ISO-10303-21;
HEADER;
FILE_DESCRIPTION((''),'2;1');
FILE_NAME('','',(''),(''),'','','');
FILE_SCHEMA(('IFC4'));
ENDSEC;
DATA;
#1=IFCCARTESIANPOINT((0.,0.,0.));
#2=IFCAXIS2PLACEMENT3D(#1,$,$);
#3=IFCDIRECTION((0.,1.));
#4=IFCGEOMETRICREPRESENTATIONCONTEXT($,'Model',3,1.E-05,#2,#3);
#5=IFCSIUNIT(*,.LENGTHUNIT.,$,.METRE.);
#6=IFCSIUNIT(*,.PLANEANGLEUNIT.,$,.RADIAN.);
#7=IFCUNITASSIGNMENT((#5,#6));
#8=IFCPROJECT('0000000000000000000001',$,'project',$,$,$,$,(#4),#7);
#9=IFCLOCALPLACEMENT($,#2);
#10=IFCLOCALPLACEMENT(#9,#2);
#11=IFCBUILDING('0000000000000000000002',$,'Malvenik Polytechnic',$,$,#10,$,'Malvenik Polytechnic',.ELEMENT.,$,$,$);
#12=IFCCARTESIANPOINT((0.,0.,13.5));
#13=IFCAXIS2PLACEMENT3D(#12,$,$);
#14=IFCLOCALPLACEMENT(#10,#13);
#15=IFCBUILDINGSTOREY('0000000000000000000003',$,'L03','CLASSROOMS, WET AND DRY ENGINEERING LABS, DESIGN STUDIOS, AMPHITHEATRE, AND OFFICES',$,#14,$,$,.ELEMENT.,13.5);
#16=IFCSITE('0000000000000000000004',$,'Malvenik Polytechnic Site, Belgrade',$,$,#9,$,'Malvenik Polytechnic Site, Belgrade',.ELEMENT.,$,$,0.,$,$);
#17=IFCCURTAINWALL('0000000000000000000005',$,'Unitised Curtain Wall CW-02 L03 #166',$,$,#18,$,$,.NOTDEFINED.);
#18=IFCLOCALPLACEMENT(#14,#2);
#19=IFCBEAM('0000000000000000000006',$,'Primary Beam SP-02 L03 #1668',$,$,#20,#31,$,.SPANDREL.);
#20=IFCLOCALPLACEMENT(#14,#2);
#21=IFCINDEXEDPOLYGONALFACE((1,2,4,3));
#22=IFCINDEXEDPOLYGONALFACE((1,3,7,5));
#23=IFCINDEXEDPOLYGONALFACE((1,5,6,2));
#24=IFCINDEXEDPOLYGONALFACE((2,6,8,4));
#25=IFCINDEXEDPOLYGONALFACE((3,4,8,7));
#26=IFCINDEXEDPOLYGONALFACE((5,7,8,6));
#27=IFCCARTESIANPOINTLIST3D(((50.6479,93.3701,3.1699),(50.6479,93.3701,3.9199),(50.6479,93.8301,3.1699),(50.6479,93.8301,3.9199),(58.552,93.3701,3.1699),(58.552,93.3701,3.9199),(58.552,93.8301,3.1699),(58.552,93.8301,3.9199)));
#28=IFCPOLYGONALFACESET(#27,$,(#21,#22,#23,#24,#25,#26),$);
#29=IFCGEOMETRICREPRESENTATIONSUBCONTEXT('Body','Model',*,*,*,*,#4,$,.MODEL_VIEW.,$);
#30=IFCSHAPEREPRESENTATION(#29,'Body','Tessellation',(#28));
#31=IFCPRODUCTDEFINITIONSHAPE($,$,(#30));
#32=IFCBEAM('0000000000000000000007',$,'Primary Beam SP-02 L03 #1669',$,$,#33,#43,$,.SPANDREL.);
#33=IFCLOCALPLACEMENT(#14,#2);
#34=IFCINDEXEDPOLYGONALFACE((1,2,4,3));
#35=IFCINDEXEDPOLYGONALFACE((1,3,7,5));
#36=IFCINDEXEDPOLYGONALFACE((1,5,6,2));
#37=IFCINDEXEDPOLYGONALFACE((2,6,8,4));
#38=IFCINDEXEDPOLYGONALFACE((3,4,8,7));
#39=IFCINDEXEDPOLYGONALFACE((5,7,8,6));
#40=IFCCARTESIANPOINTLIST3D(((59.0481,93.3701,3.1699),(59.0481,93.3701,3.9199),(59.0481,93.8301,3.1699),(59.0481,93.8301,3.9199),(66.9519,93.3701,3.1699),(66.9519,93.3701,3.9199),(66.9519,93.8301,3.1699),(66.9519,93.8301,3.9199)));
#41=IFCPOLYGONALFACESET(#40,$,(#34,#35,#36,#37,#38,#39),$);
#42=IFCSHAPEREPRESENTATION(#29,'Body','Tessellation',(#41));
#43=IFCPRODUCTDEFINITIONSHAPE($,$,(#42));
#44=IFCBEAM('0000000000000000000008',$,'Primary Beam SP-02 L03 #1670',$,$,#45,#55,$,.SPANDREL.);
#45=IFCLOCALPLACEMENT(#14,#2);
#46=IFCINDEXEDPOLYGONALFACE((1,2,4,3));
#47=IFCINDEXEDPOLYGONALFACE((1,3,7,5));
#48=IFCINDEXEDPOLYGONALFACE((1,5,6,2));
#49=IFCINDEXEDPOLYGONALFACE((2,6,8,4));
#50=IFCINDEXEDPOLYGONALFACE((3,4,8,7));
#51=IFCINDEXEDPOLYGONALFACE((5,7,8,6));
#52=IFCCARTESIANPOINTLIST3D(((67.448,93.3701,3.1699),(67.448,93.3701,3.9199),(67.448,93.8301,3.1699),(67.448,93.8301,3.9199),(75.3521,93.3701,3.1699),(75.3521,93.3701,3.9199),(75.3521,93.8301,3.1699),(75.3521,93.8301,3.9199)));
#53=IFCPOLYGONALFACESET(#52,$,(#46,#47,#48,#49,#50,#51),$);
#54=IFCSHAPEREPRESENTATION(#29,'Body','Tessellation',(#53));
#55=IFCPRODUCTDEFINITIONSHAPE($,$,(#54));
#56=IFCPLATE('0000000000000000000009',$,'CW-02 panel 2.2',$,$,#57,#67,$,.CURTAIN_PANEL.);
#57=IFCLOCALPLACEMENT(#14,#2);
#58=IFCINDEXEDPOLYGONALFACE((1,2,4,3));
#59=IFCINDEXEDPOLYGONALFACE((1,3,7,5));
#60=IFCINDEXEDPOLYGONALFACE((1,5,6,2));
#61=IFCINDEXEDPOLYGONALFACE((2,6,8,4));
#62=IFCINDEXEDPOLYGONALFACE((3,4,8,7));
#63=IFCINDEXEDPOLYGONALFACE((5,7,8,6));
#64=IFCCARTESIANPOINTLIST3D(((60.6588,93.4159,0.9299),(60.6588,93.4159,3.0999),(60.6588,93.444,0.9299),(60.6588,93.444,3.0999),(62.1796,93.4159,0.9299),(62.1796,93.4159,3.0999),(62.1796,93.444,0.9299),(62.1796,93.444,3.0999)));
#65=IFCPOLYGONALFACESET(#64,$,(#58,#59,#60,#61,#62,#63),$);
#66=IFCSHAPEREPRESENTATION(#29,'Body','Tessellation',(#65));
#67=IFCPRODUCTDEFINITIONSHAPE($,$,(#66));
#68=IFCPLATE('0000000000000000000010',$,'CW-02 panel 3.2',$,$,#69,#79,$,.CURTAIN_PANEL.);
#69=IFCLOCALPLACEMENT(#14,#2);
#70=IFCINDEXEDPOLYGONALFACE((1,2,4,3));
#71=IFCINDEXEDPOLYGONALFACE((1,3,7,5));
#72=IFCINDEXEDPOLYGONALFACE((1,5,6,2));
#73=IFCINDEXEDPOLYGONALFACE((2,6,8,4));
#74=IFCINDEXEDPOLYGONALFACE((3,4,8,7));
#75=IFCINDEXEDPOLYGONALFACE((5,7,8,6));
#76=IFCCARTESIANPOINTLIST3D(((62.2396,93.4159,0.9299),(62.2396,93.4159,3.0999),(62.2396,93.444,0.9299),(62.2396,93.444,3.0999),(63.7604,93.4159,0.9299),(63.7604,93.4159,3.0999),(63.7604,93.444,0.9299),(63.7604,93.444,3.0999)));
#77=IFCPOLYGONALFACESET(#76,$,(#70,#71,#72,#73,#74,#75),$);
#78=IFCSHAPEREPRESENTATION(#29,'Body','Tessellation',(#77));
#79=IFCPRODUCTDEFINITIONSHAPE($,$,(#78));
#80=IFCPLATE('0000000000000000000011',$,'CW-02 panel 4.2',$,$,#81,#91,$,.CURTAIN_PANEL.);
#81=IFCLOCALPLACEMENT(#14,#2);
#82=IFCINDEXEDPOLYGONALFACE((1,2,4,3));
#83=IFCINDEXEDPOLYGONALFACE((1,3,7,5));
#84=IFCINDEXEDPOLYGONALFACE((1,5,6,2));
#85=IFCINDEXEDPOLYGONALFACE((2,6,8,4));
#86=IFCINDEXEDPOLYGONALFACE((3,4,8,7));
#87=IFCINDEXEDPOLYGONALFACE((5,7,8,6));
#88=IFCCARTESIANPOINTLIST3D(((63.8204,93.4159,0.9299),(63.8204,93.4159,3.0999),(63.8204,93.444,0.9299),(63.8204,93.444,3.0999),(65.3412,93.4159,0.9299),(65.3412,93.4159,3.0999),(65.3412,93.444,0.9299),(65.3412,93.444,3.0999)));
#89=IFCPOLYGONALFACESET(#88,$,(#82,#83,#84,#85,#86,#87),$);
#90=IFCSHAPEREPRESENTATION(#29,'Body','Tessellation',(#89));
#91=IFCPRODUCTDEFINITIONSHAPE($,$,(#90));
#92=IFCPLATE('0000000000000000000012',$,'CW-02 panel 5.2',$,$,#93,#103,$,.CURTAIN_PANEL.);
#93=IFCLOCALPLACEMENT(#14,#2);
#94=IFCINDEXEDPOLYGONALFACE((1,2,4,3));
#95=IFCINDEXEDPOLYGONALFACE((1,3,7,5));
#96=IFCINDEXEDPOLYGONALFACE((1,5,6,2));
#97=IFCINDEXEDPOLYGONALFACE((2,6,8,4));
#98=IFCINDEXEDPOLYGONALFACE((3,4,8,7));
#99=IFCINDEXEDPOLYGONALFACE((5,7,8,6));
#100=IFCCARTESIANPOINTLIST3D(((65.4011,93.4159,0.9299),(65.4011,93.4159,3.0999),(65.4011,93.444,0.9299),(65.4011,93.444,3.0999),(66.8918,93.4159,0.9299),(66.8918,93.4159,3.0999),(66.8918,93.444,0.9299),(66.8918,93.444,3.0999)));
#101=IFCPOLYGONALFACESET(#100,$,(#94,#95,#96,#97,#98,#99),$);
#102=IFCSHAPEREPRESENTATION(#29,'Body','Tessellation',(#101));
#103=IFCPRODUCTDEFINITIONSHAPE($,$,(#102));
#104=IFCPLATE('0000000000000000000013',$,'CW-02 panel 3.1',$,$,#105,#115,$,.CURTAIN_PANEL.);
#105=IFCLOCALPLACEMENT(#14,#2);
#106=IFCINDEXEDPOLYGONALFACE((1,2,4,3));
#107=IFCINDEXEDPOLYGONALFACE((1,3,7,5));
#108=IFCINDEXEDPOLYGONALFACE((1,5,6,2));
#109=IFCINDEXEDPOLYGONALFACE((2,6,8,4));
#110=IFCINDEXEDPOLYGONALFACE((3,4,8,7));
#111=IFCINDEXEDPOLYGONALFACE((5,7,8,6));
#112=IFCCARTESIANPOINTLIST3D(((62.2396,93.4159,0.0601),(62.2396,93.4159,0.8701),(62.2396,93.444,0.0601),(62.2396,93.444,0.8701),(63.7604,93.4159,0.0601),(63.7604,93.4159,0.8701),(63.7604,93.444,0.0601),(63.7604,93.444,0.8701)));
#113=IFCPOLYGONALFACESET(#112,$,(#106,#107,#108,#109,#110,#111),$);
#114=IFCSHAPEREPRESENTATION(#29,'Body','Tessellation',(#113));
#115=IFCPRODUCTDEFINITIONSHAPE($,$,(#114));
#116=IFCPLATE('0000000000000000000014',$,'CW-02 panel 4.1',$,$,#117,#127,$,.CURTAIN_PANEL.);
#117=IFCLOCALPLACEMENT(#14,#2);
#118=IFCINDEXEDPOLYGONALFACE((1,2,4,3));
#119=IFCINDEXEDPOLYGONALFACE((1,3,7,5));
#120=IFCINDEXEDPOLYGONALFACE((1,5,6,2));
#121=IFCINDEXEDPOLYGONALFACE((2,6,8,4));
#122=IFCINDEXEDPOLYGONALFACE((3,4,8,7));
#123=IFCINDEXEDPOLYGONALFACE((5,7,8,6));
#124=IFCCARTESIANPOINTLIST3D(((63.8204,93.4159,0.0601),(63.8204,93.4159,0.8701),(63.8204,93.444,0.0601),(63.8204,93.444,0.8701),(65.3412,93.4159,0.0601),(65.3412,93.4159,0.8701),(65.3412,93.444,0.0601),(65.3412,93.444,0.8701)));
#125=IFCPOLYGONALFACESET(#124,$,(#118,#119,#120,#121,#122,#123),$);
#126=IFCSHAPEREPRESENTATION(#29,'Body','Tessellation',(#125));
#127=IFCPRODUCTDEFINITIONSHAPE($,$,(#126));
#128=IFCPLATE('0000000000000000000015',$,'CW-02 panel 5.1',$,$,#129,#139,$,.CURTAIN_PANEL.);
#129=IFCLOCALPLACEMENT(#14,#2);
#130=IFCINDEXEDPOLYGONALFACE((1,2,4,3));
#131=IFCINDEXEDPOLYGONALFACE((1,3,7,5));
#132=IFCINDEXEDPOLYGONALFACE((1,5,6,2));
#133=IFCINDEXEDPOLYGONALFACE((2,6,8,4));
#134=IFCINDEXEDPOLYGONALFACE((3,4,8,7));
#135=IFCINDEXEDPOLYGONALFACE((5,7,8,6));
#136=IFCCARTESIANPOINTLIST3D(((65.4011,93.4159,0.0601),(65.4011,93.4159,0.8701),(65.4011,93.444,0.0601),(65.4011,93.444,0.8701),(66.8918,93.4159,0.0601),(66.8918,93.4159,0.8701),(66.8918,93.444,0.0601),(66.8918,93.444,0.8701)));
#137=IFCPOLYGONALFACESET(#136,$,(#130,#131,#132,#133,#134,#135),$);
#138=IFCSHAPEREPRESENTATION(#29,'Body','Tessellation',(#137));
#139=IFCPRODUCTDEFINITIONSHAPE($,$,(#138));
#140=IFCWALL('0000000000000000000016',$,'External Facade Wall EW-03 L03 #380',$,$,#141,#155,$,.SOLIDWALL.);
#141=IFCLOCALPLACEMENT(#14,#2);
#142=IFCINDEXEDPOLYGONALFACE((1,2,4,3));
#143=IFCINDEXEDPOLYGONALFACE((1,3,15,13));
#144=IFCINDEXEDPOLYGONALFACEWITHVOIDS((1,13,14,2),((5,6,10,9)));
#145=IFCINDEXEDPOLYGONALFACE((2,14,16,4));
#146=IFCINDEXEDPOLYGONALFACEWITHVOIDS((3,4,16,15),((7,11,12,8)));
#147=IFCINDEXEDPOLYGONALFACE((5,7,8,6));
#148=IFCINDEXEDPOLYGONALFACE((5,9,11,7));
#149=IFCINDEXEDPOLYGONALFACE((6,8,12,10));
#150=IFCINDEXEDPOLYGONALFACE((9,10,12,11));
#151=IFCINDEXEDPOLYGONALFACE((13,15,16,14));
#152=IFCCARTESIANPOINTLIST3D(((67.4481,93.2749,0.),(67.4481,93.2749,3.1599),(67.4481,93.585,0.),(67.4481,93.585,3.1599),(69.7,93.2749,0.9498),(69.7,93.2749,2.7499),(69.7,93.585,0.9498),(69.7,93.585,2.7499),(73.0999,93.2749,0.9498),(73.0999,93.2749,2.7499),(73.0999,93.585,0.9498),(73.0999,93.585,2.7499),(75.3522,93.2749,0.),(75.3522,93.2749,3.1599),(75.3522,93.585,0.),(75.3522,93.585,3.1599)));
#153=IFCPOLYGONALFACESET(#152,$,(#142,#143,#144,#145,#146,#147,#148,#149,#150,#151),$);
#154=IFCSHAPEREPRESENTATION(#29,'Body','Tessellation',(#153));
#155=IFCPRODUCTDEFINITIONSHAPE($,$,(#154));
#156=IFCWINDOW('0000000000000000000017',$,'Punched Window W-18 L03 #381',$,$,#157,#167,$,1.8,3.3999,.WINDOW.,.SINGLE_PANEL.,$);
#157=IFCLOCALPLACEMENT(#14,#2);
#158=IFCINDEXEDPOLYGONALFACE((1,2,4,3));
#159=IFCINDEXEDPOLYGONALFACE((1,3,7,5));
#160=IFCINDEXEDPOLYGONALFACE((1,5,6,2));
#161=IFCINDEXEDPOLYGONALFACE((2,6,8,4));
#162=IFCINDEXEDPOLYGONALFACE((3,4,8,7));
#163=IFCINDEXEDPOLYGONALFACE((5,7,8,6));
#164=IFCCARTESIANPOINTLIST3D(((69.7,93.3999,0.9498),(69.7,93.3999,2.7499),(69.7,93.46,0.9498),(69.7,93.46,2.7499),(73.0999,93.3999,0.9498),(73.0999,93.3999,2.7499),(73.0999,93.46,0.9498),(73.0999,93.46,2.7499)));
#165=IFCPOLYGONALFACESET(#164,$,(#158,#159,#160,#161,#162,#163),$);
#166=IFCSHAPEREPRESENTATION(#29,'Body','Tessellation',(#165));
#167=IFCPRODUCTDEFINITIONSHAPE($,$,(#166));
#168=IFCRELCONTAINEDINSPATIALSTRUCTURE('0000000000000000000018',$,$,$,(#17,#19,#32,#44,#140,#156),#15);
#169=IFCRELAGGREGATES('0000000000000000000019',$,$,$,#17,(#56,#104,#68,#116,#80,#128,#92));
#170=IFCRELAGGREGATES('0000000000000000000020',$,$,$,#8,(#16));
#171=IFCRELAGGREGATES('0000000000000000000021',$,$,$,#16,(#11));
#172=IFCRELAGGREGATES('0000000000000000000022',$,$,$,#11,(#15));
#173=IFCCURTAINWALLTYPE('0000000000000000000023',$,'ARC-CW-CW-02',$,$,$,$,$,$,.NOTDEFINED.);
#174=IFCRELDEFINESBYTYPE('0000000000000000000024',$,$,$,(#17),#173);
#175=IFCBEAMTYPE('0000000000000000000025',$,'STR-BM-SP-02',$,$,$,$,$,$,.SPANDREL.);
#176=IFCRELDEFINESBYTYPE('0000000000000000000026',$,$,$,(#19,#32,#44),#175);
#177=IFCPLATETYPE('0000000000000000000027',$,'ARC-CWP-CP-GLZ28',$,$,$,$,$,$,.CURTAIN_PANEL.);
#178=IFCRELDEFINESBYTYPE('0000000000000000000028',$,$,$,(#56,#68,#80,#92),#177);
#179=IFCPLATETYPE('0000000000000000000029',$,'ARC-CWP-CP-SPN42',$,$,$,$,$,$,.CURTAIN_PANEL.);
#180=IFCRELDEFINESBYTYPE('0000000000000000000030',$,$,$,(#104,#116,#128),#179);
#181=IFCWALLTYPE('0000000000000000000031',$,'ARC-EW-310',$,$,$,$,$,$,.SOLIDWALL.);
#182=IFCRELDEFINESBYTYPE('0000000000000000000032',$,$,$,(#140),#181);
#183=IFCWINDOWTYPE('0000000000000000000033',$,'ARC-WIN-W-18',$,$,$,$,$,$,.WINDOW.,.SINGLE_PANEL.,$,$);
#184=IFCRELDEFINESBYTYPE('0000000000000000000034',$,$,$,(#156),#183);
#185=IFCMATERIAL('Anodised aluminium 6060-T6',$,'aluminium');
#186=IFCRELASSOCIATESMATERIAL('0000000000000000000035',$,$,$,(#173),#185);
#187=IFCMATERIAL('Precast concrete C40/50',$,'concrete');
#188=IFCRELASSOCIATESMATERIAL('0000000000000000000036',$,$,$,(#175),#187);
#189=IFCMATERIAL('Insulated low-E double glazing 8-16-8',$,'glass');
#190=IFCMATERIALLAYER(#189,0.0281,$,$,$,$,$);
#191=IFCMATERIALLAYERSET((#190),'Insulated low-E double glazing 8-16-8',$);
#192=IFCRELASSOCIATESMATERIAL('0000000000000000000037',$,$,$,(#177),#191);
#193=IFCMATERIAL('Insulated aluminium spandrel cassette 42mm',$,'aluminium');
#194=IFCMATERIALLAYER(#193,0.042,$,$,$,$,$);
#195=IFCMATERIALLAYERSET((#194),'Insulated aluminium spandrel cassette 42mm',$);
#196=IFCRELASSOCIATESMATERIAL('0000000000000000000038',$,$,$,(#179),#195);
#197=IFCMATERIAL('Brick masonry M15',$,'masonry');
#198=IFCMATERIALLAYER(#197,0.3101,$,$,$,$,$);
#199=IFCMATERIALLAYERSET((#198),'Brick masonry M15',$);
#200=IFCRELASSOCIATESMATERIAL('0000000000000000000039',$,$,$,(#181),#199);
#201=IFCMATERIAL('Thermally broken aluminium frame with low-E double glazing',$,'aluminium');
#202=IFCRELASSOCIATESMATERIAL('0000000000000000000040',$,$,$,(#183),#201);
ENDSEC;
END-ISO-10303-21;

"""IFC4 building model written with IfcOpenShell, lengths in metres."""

from ifc_helpers import new_model, si_unit, direction, frame, frame_2d, origin, origin_2d, place, context, subcontext, project, spatial, rectangle, extrude, material, layer, layer_set, material_profile, profile_set, type_object, element, fill, aggregate, save


model = new_model("IFC4")

# Units and contexts
model_context = context("Model", 3, precision=1e-05, world=origin(), true_north=direction((0.0, 1.0)))
body_context = subcontext(model_context, "Body", "Model", "MODEL_VIEW")
ifc_project = project(units=[si_unit("LENGTHUNIT", "METRE"), si_unit("PLANEANGLEUNIT", "RADIAN")], contexts=[model_context])

# Site, building, storey
site_placement = place(None, origin())
site = spatial("IfcSite", under=ifc_project, at=site_placement, Name="Malvenik Polytechnic Site, Belgrade", LongName="Malvenik Polytechnic Site, Belgrade", CompositionType="ELEMENT", RefElevation=0.0)
building_placement = place(site_placement, origin())
building = spatial("IfcBuilding", under=site, at=building_placement, Name="Malvenik Polytechnic", LongName="Malvenik Polytechnic", CompositionType="ELEMENT")
storey_placement = place(building_placement, frame((0.0, 0.0, 13.5)))
storey = spatial("IfcBuildingStorey", under=building, at=storey_placement, Name="L03", Description="CLASSROOMS, WET AND DRY ENGINEERING LABS, DESIGN STUDIOS, AMPHITHEATRE, AND OFFICES", CompositionType="ELEMENT", Elevation=13.5)

# Curtain wall
ifc_material_1 = material(Name="Anodised aluminium 6060-T6", Category="aluminium")
curtain_wall_type = type_object("IfcCurtainWallType", Name="ARC-CW-CW-02", PredefinedType="NOTDEFINED", material=ifc_material_1)
curtain_wall_placement = place(storey_placement, origin())
curtain_wall = element("IfcCurtainWall", 1, at=curtain_wall_placement, inside=storey, type_object=curtain_wall_type, Name="Unitised Curtain Wall CW-02 L03 #166", PredefinedType="NOTDEFINED")

# Beams
ifc_material_2 = material(Name="Precast concrete C40/50", Category="concrete")
ifc_material_profile_1 = material_profile(ifc_material_2, rectangle(XDim=0.46, YDim=0.75, at=origin_2d()), Name="PC SPN 460x750")
ifc_profile_set_1 = profile_set([ifc_material_profile_1], Name="Precast concrete C40/50")
beam_type = type_object("IfcBeamType", Name="STR-BM-SP-02", PredefinedType="SPANDREL", material=ifc_profile_set_1)
beam_1_placement = place(storey_placement, frame((50.6479, 93.6001, 3.5449), z_axis=(1.0, 0.0, 0.0), x_axis=(0.0, 1.0, 0.0)))
element("IfcBeam", 2, at=beam_1_placement, inside=storey, type_object=beam_type, Name="Primary Beam SP-02 L03 #1668", PredefinedType="SPANDREL", context=body_context, shape_type="SweptSolid", body=[
    extrude(rectangle(XDim=0.46, YDim=0.75, at=origin_2d()), origin(), (0.0, 0.0, 1.0), 7.9041),
])
beam_2_placement = place(storey_placement, frame((59.0481, 93.6001, 3.5449), z_axis=(1.0, 0.0, 0.0), x_axis=(0.0, 1.0, 0.0)))
element("IfcBeam", 3, at=beam_2_placement, inside=storey, type_object=beam_type, Name="Primary Beam SP-02 L03 #1669", PredefinedType="SPANDREL", context=body_context, shape_type="SweptSolid", body=[
    extrude(rectangle(XDim=0.46, YDim=0.75, at=origin_2d()), origin(), (0.0, 0.0, 1.0), 7.9038),
])
beam_3_placement = place(storey_placement, frame((67.448, 93.6001, 3.5449), z_axis=(1.0, 0.0, 0.0), x_axis=(0.0, 1.0, 0.0)))
element("IfcBeam", 4, at=beam_3_placement, inside=storey, type_object=beam_type, Name="Primary Beam SP-02 L03 #1670", PredefinedType="SPANDREL", context=body_context, shape_type="SweptSolid", body=[
    extrude(rectangle(XDim=0.46, YDim=0.75, at=origin_2d()), origin(), (0.0, 0.0, 1.0), 7.9041),
])

# Plates
ifc_material_3 = material(Name="Insulated low-E double glazing 8-16-8", Category="glass")
ifc_layer_1 = layer(ifc_material_3, 0.0281)
ifc_layer_set_1 = layer_set([ifc_layer_1], Name="Insulated low-E double glazing 8-16-8")
plate_type_1 = type_object("IfcPlateType", Name="ARC-CWP-CP-GLZ28", PredefinedType="CURTAIN_PANEL", material=ifc_layer_set_1)
plate_1_placement = place(storey_placement, frame((61.4192, 93.4299, 0.9299), z_axis=(0.0, 0.0, 1.0), x_axis=(1.0, 0.0, 0.0)))
plate_1 = element("IfcPlate", 5, at=plate_1_placement, type_object=plate_type_1, Name="CW-02 panel 2.2", PredefinedType="CURTAIN_PANEL", context=body_context, shape_type="SweptSolid", body=[
    extrude(rectangle(XDim=1.5208, YDim=0.0281, at=origin_2d()), origin(), (0.0, 0.0, 1.0), 2.1699),
])
plate_2_placement = place(storey_placement, frame((63.0, 93.4299, 0.9299), z_axis=(0.0, 0.0, 1.0), x_axis=(1.0, 0.0, 0.0)))
plate_2 = element("IfcPlate", 6, at=plate_2_placement, type_object=plate_type_1, Name="CW-02 panel 3.2", PredefinedType="CURTAIN_PANEL", context=body_context, shape_type="SweptSolid", body=[
    extrude(rectangle(XDim=1.5208, YDim=0.0281, at=origin_2d()), origin(), (0.0, 0.0, 1.0), 2.1699),
])
plate_3_placement = place(storey_placement, frame((64.5808, 93.4299, 0.9299), z_axis=(0.0, 0.0, 1.0), x_axis=(1.0, 0.0, 0.0)))
plate_3 = element("IfcPlate", 7, at=plate_3_placement, type_object=plate_type_1, Name="CW-02 panel 4.2", PredefinedType="CURTAIN_PANEL", context=body_context, shape_type="SweptSolid", body=[
    extrude(rectangle(XDim=1.5208, YDim=0.0281, at=origin_2d()), origin(), (0.0, 0.0, 1.0), 2.1699),
])
plate_4_placement = place(storey_placement, frame((66.1465, 93.4299, 0.9299), z_axis=(0.0, 0.0, 1.0), x_axis=(1.0, 0.0, 0.0)))
plate_4 = element("IfcPlate", 8, at=plate_4_placement, type_object=plate_type_1, Name="CW-02 panel 5.2", PredefinedType="CURTAIN_PANEL", context=body_context, shape_type="SweptSolid", body=[
    extrude(rectangle(XDim=1.4907, YDim=0.0281, at=origin_2d()), origin(), (0.0, 0.0, 1.0), 2.1699),
])
ifc_material_4 = material(Name="Insulated aluminium spandrel cassette 42mm", Category="aluminium")
ifc_layer_2 = layer(ifc_material_4, 0.042)
ifc_layer_set_2 = layer_set([ifc_layer_2], Name="Insulated aluminium spandrel cassette 42mm")
plate_type_2 = type_object("IfcPlateType", Name="ARC-CWP-CP-SPN42", PredefinedType="CURTAIN_PANEL", material=ifc_layer_set_2)
plate_5_placement = place(storey_placement, frame((63.0, 93.4299, 0.0601), z_axis=(0.0, 0.0, 1.0), x_axis=(1.0, 0.0, 0.0)))
plate_5 = element("IfcPlate", 9, at=plate_5_placement, type_object=plate_type_2, Name="CW-02 panel 3.1", PredefinedType="CURTAIN_PANEL", context=body_context, shape_type="SweptSolid", body=[
    extrude(rectangle(XDim=1.5208, YDim=0.0281, at=origin_2d()), origin(), (0.0, 0.0, 1.0), 0.8101),
])
plate_6_placement = place(storey_placement, frame((64.5808, 93.4299, 0.0601), z_axis=(0.0, 0.0, 1.0), x_axis=(1.0, 0.0, 0.0)))
plate_6 = element("IfcPlate", 10, at=plate_6_placement, type_object=plate_type_2, Name="CW-02 panel 4.1", PredefinedType="CURTAIN_PANEL", context=body_context, shape_type="SweptSolid", body=[
    extrude(rectangle(XDim=1.5208, YDim=0.0281, at=origin_2d()), origin(), (0.0, 0.0, 1.0), 0.8101),
])
plate_7_placement = place(storey_placement, frame((66.1465, 93.4299, 0.0601), z_axis=(0.0, 0.0, 1.0), x_axis=(1.0, 0.0, 0.0)))
plate_7 = element("IfcPlate", 11, at=plate_7_placement, type_object=plate_type_2, Name="CW-02 panel 5.1", PredefinedType="CURTAIN_PANEL", context=body_context, shape_type="SweptSolid", body=[
    extrude(rectangle(XDim=1.4907, YDim=0.0281, at=origin_2d()), origin(), (0.0, 0.0, 1.0), 0.8101),
])
aggregate(curtain_wall, [plate_1, plate_5, plate_2, plate_6, plate_3, plate_7, plate_4])

# Wall, opening, window
ifc_material_5 = material(Name="Brick masonry M15", Category="masonry")
ifc_layer_3 = layer(ifc_material_5, 0.3101)
ifc_layer_set_3 = layer_set([ifc_layer_3], Name="Brick masonry M15")
wall_type = type_object("IfcWallType", Name="ARC-EW-310", PredefinedType="SOLIDWALL", material=ifc_layer_set_3)
wall_placement = place(storey_placement, frame((67.448, 93.4299, 0.0), z_axis=(0.0, 0.0, 1.0), x_axis=(1.0, 0.0, 0.0)))
wall = element("IfcWall", 12, at=wall_placement, inside=storey, type_object=wall_type, Name="External Facade Wall EW-03 L03 #380", PredefinedType="SOLIDWALL", context=body_context, shape_type="SweptSolid", body=[
    extrude(rectangle(XDim=7.9041, YDim=0.3101, at=frame_2d((3.9521, 0.0))), origin(), (0.0, 0.0, 1.0), 3.1599),
])
opening_placement = place(wall_placement, frame((2.252, 0.0, 0.95)))
opening = element("IfcOpeningElement", 13, at=opening_placement, cuts=wall, PredefinedType="OPENING", context=body_context, shape_type="SweptSolid", body=[
    extrude(rectangle(XDim=3.3999, YDim=1.8, at=frame_2d((1.7, 0.8999))), frame((0.0, 0.165, 0.0), z_axis=(0.0, -1.0, 0.0), x_axis=(1.0, 0.0, 0.0)), (0.0, 0.0, 1.0), 0.3301),
])
ifc_material_6 = material(Name="Thermally broken aluminium frame with low-E double glazing", Category="aluminium")
window_type = type_object("IfcWindowType", Name="ARC-WIN-W-18", PartitioningType="SINGLE_PANEL", PredefinedType="WINDOW", material=ifc_material_6)
window_placement = place(opening_placement, origin())
window = element("IfcWindow", 14, at=window_placement, inside=storey, type_object=window_type, Name="Punched Window W-18 L03 #381", OverallHeight=1.8, OverallWidth=3.3999, PartitioningType="SINGLE_PANEL", PredefinedType="WINDOW", context=body_context, shape_type="SweptSolid", body=[
    extrude(rectangle(XDim=3.3999, YDim=1.8, at=frame_2d((1.7, 0.8999))), frame((0.0, 0.03, 0.0), z_axis=(0.0, -1.0, 0.0), x_axis=(1.0, 0.0, 0.0)), (0.0, 0.0, 1.0), 0.0601),
])
fill(opening, window)

save(model, "model.ifc")
